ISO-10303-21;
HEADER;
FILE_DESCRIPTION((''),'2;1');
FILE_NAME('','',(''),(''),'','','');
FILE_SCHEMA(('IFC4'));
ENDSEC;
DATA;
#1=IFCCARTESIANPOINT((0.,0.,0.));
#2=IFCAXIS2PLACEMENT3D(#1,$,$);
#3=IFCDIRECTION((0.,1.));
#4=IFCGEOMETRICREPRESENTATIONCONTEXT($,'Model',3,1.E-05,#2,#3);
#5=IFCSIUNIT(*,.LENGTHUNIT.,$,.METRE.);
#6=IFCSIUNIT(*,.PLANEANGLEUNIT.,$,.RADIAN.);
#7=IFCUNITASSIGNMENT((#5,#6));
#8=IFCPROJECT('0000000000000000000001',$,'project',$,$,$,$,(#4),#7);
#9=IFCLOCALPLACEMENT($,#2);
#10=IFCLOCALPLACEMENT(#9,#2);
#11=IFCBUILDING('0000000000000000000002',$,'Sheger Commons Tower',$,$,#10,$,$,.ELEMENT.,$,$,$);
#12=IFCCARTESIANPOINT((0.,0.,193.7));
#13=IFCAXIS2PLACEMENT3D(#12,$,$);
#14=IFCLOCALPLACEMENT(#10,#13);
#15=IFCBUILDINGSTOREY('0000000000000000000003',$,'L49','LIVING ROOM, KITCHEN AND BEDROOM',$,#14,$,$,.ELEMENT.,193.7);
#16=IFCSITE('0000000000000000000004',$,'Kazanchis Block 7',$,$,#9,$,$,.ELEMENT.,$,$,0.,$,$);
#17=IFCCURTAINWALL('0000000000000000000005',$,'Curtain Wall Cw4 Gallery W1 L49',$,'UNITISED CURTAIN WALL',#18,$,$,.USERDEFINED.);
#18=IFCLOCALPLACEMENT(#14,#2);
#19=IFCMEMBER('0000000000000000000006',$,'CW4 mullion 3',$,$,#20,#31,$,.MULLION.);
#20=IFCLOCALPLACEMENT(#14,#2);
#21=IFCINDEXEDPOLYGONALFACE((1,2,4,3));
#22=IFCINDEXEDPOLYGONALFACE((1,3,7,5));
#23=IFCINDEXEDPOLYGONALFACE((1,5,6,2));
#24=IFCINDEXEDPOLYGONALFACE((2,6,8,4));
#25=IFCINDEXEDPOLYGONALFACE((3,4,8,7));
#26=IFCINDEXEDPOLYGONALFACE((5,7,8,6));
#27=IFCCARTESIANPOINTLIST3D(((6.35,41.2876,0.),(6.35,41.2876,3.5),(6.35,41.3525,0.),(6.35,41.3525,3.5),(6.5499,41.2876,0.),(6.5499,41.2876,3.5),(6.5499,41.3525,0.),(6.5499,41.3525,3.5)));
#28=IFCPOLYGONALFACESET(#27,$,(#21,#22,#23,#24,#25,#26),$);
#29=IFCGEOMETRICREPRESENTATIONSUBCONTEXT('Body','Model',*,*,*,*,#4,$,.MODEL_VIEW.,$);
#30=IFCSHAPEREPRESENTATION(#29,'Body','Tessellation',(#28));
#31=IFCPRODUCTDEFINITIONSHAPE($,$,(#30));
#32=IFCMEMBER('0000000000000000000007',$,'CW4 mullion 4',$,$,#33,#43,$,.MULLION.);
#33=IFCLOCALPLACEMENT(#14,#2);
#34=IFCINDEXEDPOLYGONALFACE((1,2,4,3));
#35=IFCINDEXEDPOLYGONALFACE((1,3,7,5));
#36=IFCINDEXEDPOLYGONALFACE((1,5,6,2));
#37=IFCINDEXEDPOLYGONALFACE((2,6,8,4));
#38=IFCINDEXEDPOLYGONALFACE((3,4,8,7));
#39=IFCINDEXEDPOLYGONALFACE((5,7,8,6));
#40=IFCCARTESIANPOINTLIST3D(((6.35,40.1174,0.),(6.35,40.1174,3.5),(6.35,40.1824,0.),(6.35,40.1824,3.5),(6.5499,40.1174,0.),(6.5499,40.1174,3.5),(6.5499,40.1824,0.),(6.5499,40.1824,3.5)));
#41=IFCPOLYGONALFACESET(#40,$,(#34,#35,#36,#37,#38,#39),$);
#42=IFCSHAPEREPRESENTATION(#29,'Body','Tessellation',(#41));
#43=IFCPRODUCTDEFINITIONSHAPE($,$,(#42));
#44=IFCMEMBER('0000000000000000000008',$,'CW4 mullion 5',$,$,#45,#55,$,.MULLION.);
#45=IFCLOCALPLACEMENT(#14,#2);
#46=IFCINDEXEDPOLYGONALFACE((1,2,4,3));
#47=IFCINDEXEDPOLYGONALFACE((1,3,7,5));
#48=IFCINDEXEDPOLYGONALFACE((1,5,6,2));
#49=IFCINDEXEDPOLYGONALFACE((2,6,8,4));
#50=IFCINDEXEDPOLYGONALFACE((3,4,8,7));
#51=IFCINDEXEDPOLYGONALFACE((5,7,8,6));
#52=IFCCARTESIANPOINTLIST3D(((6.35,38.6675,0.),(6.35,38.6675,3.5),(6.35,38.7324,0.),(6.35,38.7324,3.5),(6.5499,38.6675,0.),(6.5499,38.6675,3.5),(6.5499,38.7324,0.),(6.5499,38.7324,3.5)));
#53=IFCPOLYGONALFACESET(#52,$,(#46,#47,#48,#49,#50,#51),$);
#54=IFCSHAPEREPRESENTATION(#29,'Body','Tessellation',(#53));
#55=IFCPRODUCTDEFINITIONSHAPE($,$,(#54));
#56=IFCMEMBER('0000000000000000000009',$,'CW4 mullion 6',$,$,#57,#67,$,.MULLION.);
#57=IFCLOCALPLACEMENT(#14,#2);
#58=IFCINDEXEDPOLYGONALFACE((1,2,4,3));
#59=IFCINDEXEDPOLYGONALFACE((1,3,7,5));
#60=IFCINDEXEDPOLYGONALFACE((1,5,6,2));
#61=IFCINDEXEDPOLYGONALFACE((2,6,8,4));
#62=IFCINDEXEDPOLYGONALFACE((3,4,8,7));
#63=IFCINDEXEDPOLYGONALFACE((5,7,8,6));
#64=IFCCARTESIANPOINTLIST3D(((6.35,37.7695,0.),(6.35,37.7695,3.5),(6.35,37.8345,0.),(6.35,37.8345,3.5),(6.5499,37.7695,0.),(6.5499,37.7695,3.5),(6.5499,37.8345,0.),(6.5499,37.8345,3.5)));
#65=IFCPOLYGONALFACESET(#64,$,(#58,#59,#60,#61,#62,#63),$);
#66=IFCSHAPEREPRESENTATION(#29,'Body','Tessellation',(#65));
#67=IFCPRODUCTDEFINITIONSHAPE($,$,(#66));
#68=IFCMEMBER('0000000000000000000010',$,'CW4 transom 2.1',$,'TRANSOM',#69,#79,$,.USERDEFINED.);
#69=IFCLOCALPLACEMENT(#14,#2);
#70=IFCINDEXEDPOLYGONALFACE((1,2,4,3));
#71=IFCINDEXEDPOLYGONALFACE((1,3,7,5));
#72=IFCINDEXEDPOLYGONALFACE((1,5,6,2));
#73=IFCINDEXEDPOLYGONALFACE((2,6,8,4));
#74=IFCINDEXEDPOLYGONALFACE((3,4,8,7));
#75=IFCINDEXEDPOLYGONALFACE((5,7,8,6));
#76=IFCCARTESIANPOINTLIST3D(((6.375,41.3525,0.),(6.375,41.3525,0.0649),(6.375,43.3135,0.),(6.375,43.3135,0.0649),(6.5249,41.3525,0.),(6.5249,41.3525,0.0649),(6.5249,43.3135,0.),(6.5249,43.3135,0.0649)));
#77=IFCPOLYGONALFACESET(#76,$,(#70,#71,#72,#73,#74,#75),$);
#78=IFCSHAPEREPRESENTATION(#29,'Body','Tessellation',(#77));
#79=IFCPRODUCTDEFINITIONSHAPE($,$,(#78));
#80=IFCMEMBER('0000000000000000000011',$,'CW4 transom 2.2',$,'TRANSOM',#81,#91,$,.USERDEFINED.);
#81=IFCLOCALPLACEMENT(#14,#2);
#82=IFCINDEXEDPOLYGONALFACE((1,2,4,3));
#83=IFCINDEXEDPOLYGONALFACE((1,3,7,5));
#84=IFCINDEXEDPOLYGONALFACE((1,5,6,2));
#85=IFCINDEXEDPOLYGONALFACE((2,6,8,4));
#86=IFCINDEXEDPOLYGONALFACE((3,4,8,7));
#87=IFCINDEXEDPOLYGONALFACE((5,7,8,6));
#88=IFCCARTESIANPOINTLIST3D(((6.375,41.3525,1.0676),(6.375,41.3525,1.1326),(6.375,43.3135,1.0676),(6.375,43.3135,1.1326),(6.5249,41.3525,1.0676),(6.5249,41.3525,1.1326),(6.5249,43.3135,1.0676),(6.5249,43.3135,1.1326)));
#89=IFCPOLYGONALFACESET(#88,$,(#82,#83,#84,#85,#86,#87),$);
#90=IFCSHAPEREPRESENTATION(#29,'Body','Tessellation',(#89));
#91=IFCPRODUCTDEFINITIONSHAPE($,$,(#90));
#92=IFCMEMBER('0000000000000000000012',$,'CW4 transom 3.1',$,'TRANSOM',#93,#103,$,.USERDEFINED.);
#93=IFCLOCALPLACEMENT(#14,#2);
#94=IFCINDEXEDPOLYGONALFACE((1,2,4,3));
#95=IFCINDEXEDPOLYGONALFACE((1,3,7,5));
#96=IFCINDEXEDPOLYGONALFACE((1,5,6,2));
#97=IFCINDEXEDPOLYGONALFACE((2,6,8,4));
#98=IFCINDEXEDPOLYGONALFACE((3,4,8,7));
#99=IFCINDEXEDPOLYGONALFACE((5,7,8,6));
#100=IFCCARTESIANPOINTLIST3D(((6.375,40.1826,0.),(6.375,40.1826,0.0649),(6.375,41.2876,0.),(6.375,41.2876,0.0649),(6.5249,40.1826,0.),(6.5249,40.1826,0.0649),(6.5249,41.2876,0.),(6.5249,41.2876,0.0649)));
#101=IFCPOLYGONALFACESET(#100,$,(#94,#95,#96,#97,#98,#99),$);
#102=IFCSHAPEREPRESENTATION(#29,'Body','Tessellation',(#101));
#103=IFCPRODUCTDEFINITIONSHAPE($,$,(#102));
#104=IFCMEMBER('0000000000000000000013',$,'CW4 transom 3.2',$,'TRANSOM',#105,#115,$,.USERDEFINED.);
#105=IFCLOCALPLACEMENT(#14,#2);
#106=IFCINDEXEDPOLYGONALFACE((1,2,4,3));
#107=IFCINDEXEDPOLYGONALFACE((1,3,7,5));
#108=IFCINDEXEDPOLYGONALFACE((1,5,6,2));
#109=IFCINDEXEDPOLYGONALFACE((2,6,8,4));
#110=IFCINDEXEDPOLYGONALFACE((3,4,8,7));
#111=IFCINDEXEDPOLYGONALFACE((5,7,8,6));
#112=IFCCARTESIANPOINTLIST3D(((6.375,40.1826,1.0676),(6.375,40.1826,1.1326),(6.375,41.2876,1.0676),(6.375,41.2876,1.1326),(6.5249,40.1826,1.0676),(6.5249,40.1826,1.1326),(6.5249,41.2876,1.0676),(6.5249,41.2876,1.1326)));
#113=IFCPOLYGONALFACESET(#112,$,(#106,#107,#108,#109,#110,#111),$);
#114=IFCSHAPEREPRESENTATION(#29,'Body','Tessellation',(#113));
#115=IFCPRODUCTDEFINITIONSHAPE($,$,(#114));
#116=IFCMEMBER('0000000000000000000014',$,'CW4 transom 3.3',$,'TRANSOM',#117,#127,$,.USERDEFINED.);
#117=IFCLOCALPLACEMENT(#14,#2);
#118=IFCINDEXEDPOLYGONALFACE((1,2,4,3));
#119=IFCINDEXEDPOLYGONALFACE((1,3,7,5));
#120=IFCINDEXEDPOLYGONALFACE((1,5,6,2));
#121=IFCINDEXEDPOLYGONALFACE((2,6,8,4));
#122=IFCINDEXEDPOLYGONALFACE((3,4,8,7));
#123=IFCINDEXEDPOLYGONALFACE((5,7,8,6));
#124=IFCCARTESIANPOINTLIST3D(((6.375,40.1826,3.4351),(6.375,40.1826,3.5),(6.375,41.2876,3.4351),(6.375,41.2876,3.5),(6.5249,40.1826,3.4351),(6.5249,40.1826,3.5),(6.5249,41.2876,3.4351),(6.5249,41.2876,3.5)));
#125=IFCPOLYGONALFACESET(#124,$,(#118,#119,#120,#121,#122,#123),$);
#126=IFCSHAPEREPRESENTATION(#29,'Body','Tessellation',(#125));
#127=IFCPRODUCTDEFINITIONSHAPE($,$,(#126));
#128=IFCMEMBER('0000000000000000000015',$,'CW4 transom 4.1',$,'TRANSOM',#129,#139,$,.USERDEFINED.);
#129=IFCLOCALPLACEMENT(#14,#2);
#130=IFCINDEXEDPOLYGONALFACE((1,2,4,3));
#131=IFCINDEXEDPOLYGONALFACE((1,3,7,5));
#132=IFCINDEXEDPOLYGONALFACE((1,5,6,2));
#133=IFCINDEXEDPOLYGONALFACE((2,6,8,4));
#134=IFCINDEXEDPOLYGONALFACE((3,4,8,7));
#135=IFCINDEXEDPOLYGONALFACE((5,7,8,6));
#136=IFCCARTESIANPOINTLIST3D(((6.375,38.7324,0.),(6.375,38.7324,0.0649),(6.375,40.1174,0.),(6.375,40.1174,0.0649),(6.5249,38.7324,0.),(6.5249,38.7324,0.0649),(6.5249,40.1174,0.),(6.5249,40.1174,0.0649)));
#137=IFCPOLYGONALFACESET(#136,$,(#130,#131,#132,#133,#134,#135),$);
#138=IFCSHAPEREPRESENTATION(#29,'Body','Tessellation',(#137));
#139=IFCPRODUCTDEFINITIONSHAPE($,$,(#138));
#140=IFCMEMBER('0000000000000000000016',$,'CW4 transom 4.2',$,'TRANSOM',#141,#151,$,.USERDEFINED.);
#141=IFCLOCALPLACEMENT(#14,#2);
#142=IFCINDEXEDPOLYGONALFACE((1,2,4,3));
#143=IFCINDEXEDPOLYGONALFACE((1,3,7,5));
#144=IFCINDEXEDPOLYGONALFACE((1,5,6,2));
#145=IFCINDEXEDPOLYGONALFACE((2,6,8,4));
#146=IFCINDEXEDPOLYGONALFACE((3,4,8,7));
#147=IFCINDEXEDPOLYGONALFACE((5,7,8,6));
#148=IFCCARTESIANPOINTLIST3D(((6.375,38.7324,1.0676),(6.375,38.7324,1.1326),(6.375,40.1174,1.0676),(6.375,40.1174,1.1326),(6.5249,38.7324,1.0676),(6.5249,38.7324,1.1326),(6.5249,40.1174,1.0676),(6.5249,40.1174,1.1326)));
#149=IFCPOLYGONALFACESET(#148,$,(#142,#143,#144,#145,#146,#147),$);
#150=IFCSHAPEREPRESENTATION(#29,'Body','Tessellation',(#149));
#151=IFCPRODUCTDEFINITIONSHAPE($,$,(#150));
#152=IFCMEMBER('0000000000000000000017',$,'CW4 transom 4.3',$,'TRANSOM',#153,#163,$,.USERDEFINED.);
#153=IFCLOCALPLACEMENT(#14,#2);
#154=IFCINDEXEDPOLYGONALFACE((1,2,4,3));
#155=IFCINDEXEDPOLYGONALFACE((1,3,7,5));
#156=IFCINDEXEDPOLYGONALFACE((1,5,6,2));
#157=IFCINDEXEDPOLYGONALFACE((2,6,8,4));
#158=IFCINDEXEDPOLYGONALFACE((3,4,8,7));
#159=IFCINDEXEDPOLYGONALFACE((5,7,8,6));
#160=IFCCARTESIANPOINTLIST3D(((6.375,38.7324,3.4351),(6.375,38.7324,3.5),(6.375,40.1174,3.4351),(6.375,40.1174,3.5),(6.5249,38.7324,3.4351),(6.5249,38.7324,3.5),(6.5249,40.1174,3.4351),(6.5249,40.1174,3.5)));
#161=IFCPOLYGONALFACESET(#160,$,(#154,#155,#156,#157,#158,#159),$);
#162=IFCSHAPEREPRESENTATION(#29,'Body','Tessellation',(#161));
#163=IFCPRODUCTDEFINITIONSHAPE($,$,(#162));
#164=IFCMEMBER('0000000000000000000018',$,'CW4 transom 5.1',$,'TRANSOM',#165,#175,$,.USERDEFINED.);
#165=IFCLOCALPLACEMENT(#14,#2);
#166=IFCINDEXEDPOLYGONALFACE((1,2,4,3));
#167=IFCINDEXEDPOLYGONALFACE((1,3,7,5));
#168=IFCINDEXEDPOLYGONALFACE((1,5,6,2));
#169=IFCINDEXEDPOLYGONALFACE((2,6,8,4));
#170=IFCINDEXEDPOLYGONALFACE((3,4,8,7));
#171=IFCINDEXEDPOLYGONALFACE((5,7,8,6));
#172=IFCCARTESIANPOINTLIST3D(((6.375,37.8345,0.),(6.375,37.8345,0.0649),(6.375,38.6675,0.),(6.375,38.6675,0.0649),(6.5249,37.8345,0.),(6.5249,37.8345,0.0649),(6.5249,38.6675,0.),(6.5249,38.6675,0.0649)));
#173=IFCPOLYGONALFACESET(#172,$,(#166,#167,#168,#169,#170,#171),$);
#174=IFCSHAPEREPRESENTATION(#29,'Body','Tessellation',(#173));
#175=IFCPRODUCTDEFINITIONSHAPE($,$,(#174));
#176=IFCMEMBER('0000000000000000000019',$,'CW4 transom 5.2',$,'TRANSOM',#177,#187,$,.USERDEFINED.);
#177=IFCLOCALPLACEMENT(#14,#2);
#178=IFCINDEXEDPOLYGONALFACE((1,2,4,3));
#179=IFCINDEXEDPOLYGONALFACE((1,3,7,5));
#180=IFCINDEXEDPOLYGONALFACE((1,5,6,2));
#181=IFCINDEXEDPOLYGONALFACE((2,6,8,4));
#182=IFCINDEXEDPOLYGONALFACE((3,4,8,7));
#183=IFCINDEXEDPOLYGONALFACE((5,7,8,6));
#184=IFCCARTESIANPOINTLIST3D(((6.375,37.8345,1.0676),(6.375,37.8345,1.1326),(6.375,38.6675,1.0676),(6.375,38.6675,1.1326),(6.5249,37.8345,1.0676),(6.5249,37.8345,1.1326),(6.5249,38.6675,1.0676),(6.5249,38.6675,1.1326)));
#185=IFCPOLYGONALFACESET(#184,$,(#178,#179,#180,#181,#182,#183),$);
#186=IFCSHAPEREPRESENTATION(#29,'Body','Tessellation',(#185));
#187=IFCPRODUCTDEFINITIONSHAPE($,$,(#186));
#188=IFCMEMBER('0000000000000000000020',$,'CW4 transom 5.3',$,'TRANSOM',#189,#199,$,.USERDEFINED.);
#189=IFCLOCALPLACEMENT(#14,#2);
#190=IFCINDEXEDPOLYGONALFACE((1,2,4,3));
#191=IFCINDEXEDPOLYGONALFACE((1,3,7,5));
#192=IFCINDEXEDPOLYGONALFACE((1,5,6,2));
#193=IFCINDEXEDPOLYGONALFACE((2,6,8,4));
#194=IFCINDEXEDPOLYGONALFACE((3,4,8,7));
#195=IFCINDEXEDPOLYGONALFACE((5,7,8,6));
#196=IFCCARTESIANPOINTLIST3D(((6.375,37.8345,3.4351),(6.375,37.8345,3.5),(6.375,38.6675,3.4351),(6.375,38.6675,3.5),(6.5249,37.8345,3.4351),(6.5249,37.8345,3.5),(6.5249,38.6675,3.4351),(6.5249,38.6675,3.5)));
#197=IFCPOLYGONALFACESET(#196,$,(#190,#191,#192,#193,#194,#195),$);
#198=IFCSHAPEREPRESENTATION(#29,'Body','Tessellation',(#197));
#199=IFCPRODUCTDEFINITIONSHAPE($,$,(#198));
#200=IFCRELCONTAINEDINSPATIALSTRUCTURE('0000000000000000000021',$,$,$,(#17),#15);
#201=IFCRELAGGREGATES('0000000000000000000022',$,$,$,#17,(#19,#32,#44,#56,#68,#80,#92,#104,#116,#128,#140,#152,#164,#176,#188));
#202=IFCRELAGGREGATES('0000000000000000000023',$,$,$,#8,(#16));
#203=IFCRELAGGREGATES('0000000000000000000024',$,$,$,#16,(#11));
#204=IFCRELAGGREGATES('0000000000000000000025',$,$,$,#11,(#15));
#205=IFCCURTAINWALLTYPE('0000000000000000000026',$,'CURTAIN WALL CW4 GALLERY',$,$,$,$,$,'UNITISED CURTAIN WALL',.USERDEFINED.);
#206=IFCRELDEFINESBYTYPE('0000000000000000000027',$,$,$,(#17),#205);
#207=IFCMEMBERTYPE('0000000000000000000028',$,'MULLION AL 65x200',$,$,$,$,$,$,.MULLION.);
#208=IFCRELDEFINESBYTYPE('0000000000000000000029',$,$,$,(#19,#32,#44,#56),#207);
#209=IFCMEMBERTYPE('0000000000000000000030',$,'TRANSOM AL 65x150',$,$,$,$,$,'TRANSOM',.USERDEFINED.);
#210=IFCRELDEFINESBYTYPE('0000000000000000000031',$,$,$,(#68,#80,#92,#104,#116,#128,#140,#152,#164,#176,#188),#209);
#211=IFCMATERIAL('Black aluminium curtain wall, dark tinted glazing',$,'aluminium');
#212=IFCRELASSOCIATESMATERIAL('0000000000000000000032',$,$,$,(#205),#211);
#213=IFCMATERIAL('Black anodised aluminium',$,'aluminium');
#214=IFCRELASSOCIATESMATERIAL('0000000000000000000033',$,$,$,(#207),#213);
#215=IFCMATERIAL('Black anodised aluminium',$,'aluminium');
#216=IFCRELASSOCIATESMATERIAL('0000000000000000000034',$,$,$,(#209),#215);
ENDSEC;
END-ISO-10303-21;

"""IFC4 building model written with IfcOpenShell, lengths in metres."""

from ifc_helpers import new_model, si_unit, direction, frame, origin, origin_2d, place, context, subcontext, project, spatial, rectangle, extrude, material, material_profile, profile_set, type_object, element, aggregate, save


model = new_model("IFC4")

# Units and contexts
model_context = context("Model", 3, precision=1e-05, world=origin(), true_north=direction((0.0, 1.0)))
body_context = subcontext(model_context, "Body", "Model", "MODEL_VIEW")
ifc_project = project(units=[si_unit("LENGTHUNIT", "METRE"), si_unit("PLANEANGLEUNIT", "RADIAN")], contexts=[model_context])

# Site, building, storey
site_placement = place(None, origin())
site = spatial("IfcSite", under=ifc_project, at=site_placement, Name="Kazanchis Block 7", CompositionType="ELEMENT", RefElevation=0.0)
building_placement = place(site_placement, origin())
building = spatial("IfcBuilding", under=site, at=building_placement, Name="Sheger Commons Tower", CompositionType="ELEMENT")
storey_placement = place(building_placement, frame((0.0, 0.0, 193.7)))
storey = spatial("IfcBuildingStorey", under=building, at=storey_placement, Name="L49", Description="LIVING ROOM, KITCHEN AND BEDROOM", CompositionType="ELEMENT", Elevation=193.7)

# Curtain wall, members
ifc_material_1 = material(Name="Black aluminium curtain wall, dark tinted glazing", Category="aluminium")
curtain_wall_type = type_object("IfcCurtainWallType", Name="CURTAIN WALL CW4 GALLERY", ElementType="UNITISED CURTAIN WALL", PredefinedType="USERDEFINED", material=ifc_material_1)
curtain_wall_placement = place(storey_placement, origin())
curtain_wall = element("IfcCurtainWall", 1, at=curtain_wall_placement, inside=storey, type_object=curtain_wall_type, Name="Curtain Wall Cw4 Gallery W1 L49", ObjectType="UNITISED CURTAIN WALL", PredefinedType="USERDEFINED")
ifc_material_2 = material(Name="Black anodised aluminium", Category="aluminium")
ifc_material_profile_1 = material_profile(ifc_material_2, rectangle(XDim=0.2, YDim=0.0649, at=origin_2d()), Name="AL 65x200")
ifc_profile_set_1 = profile_set([ifc_material_profile_1], Name="Black anodised aluminium")
member_type_1 = type_object("IfcMemberType", Name="MULLION AL 65x200", PredefinedType="MULLION", material=ifc_profile_set_1)
member_1_placement = place(storey_placement, frame((6.45, 41.3201, 0.0), z_axis=(0.0, 0.0, 1.0), x_axis=(1.0, 0.0, 0.0)))
member_1 = element("IfcMember", 2, at=member_1_placement, type_object=member_type_1, Name="CW4 mullion 3", PredefinedType="MULLION", context=body_context, shape_type="SweptSolid", body=[
    extrude(rectangle(XDim=0.2, YDim=0.0649, at=origin_2d()), origin(), (0.0, 0.0, 1.0), 3.5),
])
member_2_placement = place(storey_placement, frame((6.45, 40.1499, 0.0), z_axis=(0.0, 0.0, 1.0), x_axis=(1.0, 0.0, 0.0)))
member_2 = element("IfcMember", 3, at=member_2_placement, type_object=member_type_1, Name="CW4 mullion 4", PredefinedType="MULLION", context=body_context, shape_type="SweptSolid", body=[
    extrude(rectangle(XDim=0.2, YDim=0.0649, at=origin_2d()), origin(), (0.0, 0.0, 1.0), 3.5),
])
member_3_placement = place(storey_placement, frame((6.45, 38.7, 0.0), z_axis=(0.0, 0.0, 1.0), x_axis=(1.0, 0.0, 0.0)))
member_3 = element("IfcMember", 4, at=member_3_placement, type_object=member_type_1, Name="CW4 mullion 5", PredefinedType="MULLION", context=body_context, shape_type="SweptSolid", body=[
    extrude(rectangle(XDim=0.2, YDim=0.0649, at=origin_2d()), origin(), (0.0, 0.0, 1.0), 3.5),
])
member_4_placement = place(storey_placement, frame((6.45, 37.802, 0.0), z_axis=(0.0, 0.0, 1.0), x_axis=(1.0, 0.0, 0.0)))
member_4 = element("IfcMember", 5, at=member_4_placement, type_object=member_type_1, Name="CW4 mullion 6", PredefinedType="MULLION", context=body_context, shape_type="SweptSolid", body=[
    extrude(rectangle(XDim=0.2, YDim=0.0649, at=origin_2d()), origin(), (0.0, 0.0, 1.0), 3.5),
])
ifc_material_3 = material(Name="Black anodised aluminium", Category="aluminium")
ifc_material_profile_2 = material_profile(ifc_material_3, rectangle(XDim=0.1499, YDim=0.0649, at=origin_2d()), Name="AL 65x150")
ifc_profile_set_2 = profile_set([ifc_material_profile_2], Name="Black anodised aluminium")
member_type_2 = type_object("IfcMemberType", Name="TRANSOM AL 65x150", ElementType="TRANSOM", PredefinedType="USERDEFINED", material=ifc_profile_set_2)
member_5_placement = place(storey_placement, frame((6.45, 43.3135, 0.0325), z_axis=(0.0, -1.0, 0.0), x_axis=(1.0, 0.0, 0.0)))
member_5 = element("IfcMember", 6, at=member_5_placement, type_object=member_type_2, Name="CW4 transom 2.1", ObjectType="TRANSOM", PredefinedType="USERDEFINED", context=body_context, shape_type="SweptSolid", body=[
    extrude(rectangle(XDim=0.1499, YDim=0.0649, at=origin_2d()), origin(), (0.0, 0.0, 1.0), 1.9609),
])
member_6_placement = place(storey_placement, frame((6.45, 43.3135, 1.1001), z_axis=(0.0, -1.0, 0.0), x_axis=(1.0, 0.0, 0.0)))
member_6 = element("IfcMember", 7, at=member_6_placement, type_object=member_type_2, Name="CW4 transom 2.2", ObjectType="TRANSOM", PredefinedType="USERDEFINED", context=body_context, shape_type="SweptSolid", body=[
    extrude(rectangle(XDim=0.1499, YDim=0.0649, at=origin_2d()), origin(), (0.0, 0.0, 1.0), 1.9609),
])
member_7_placement = place(storey_placement, frame((6.45, 41.2876, 0.0325), z_axis=(0.0, -1.0, 0.0), x_axis=(1.0, 0.0, 0.0)))
member_7 = element("IfcMember", 8, at=member_7_placement, type_object=member_type_2, Name="CW4 transom 3.1", ObjectType="TRANSOM", PredefinedType="USERDEFINED", context=body_context, shape_type="SweptSolid", body=[
    extrude(rectangle(XDim=0.1499, YDim=0.0649, at=origin_2d()), origin(), (0.0, 0.0, 1.0), 1.105),
])
member_8_placement = place(storey_placement, frame((6.45, 41.2876, 1.1001), z_axis=(0.0, -1.0, 0.0), x_axis=(1.0, 0.0, 0.0)))
member_8 = element("IfcMember", 9, at=member_8_placement, type_object=member_type_2, Name="CW4 transom 3.2", ObjectType="TRANSOM", PredefinedType="USERDEFINED", context=body_context, shape_type="SweptSolid", body=[
    extrude(rectangle(XDim=0.1499, YDim=0.0649, at=origin_2d()), origin(), (0.0, 0.0, 1.0), 1.105),
])
member_9_placement = place(storey_placement, frame((6.45, 41.2876, 3.4675), z_axis=(0.0, -1.0, 0.0), x_axis=(1.0, 0.0, 0.0)))
member_9 = element("IfcMember", 10, at=member_9_placement, type_object=member_type_2, Name="CW4 transom 3.3", ObjectType="TRANSOM", PredefinedType="USERDEFINED", context=body_context, shape_type="SweptSolid", body=[
    extrude(rectangle(XDim=0.1499, YDim=0.0649, at=origin_2d()), origin(), (0.0, 0.0, 1.0), 1.105),
])
member_10_placement = place(storey_placement, frame((6.45, 40.1174, 0.0325), z_axis=(0.0, -1.0, 0.0), x_axis=(1.0, 0.0, 0.0)))
member_10 = element("IfcMember", 11, at=member_10_placement, type_object=member_type_2, Name="CW4 transom 4.1", ObjectType="TRANSOM", PredefinedType="USERDEFINED", context=body_context, shape_type="SweptSolid", body=[
    extrude(rectangle(XDim=0.1499, YDim=0.0649, at=origin_2d()), origin(), (0.0, 0.0, 1.0), 1.385),
])
member_11_placement = place(storey_placement, frame((6.45, 40.1174, 1.1001), z_axis=(0.0, -1.0, 0.0), x_axis=(1.0, 0.0, 0.0)))
member_11 = element("IfcMember", 12, at=member_11_placement, type_object=member_type_2, Name="CW4 transom 4.2", ObjectType="TRANSOM", PredefinedType="USERDEFINED", context=body_context, shape_type="SweptSolid", body=[
    extrude(rectangle(XDim=0.1499, YDim=0.0649, at=origin_2d()), origin(), (0.0, 0.0, 1.0), 1.385),
])
member_12_placement = place(storey_placement, frame((6.45, 40.1174, 3.4675), z_axis=(0.0, -1.0, 0.0), x_axis=(1.0, 0.0, 0.0)))
member_12 = element("IfcMember", 13, at=member_12_placement, type_object=member_type_2, Name="CW4 transom 4.3", ObjectType="TRANSOM", PredefinedType="USERDEFINED", context=body_context, shape_type="SweptSolid", body=[
    extrude(rectangle(XDim=0.1499, YDim=0.0649, at=origin_2d()), origin(), (0.0, 0.0, 1.0), 1.385),
])
member_13_placement = place(storey_placement, frame((6.45, 38.6675, 0.0325), z_axis=(0.0, -1.0, 0.0), x_axis=(1.0, 0.0, 0.0)))
member_13 = element("IfcMember", 14, at=member_13_placement, type_object=member_type_2, Name="CW4 transom 5.1", ObjectType="TRANSOM", PredefinedType="USERDEFINED", context=body_context, shape_type="SweptSolid", body=[
    extrude(rectangle(XDim=0.1499, YDim=0.0649, at=origin_2d()), origin(), (0.0, 0.0, 1.0), 0.833),
])
member_14_placement = place(storey_placement, frame((6.45, 38.6675, 1.1001), z_axis=(0.0, -1.0, 0.0), x_axis=(1.0, 0.0, 0.0)))
member_14 = element("IfcMember", 15, at=member_14_placement, type_object=member_type_2, Name="CW4 transom 5.2", ObjectType="TRANSOM", PredefinedType="USERDEFINED", context=body_context, shape_type="SweptSolid", body=[
    extrude(rectangle(XDim=0.1499, YDim=0.0649, at=origin_2d()), origin(), (0.0, 0.0, 1.0), 0.833),
])
member_15_placement = place(storey_placement, frame((6.45, 38.6675, 3.4675), z_axis=(0.0, -1.0, 0.0), x_axis=(1.0, 0.0, 0.0)))
member_15 = element("IfcMember", 16, at=member_15_placement, type_object=member_type_2, Name="CW4 transom 5.3", ObjectType="TRANSOM", PredefinedType="USERDEFINED", context=body_context, shape_type="SweptSolid", body=[
    extrude(rectangle(XDim=0.1499, YDim=0.0649, at=origin_2d()), origin(), (0.0, 0.0, 1.0), 0.833),
])
aggregate(curtain_wall, [member_1, member_2, member_3, member_4, member_5, member_6, member_7, member_8, member_9, member_10, member_11, member_12, member_13, member_14, member_15])

save(model, "model.ifc")
